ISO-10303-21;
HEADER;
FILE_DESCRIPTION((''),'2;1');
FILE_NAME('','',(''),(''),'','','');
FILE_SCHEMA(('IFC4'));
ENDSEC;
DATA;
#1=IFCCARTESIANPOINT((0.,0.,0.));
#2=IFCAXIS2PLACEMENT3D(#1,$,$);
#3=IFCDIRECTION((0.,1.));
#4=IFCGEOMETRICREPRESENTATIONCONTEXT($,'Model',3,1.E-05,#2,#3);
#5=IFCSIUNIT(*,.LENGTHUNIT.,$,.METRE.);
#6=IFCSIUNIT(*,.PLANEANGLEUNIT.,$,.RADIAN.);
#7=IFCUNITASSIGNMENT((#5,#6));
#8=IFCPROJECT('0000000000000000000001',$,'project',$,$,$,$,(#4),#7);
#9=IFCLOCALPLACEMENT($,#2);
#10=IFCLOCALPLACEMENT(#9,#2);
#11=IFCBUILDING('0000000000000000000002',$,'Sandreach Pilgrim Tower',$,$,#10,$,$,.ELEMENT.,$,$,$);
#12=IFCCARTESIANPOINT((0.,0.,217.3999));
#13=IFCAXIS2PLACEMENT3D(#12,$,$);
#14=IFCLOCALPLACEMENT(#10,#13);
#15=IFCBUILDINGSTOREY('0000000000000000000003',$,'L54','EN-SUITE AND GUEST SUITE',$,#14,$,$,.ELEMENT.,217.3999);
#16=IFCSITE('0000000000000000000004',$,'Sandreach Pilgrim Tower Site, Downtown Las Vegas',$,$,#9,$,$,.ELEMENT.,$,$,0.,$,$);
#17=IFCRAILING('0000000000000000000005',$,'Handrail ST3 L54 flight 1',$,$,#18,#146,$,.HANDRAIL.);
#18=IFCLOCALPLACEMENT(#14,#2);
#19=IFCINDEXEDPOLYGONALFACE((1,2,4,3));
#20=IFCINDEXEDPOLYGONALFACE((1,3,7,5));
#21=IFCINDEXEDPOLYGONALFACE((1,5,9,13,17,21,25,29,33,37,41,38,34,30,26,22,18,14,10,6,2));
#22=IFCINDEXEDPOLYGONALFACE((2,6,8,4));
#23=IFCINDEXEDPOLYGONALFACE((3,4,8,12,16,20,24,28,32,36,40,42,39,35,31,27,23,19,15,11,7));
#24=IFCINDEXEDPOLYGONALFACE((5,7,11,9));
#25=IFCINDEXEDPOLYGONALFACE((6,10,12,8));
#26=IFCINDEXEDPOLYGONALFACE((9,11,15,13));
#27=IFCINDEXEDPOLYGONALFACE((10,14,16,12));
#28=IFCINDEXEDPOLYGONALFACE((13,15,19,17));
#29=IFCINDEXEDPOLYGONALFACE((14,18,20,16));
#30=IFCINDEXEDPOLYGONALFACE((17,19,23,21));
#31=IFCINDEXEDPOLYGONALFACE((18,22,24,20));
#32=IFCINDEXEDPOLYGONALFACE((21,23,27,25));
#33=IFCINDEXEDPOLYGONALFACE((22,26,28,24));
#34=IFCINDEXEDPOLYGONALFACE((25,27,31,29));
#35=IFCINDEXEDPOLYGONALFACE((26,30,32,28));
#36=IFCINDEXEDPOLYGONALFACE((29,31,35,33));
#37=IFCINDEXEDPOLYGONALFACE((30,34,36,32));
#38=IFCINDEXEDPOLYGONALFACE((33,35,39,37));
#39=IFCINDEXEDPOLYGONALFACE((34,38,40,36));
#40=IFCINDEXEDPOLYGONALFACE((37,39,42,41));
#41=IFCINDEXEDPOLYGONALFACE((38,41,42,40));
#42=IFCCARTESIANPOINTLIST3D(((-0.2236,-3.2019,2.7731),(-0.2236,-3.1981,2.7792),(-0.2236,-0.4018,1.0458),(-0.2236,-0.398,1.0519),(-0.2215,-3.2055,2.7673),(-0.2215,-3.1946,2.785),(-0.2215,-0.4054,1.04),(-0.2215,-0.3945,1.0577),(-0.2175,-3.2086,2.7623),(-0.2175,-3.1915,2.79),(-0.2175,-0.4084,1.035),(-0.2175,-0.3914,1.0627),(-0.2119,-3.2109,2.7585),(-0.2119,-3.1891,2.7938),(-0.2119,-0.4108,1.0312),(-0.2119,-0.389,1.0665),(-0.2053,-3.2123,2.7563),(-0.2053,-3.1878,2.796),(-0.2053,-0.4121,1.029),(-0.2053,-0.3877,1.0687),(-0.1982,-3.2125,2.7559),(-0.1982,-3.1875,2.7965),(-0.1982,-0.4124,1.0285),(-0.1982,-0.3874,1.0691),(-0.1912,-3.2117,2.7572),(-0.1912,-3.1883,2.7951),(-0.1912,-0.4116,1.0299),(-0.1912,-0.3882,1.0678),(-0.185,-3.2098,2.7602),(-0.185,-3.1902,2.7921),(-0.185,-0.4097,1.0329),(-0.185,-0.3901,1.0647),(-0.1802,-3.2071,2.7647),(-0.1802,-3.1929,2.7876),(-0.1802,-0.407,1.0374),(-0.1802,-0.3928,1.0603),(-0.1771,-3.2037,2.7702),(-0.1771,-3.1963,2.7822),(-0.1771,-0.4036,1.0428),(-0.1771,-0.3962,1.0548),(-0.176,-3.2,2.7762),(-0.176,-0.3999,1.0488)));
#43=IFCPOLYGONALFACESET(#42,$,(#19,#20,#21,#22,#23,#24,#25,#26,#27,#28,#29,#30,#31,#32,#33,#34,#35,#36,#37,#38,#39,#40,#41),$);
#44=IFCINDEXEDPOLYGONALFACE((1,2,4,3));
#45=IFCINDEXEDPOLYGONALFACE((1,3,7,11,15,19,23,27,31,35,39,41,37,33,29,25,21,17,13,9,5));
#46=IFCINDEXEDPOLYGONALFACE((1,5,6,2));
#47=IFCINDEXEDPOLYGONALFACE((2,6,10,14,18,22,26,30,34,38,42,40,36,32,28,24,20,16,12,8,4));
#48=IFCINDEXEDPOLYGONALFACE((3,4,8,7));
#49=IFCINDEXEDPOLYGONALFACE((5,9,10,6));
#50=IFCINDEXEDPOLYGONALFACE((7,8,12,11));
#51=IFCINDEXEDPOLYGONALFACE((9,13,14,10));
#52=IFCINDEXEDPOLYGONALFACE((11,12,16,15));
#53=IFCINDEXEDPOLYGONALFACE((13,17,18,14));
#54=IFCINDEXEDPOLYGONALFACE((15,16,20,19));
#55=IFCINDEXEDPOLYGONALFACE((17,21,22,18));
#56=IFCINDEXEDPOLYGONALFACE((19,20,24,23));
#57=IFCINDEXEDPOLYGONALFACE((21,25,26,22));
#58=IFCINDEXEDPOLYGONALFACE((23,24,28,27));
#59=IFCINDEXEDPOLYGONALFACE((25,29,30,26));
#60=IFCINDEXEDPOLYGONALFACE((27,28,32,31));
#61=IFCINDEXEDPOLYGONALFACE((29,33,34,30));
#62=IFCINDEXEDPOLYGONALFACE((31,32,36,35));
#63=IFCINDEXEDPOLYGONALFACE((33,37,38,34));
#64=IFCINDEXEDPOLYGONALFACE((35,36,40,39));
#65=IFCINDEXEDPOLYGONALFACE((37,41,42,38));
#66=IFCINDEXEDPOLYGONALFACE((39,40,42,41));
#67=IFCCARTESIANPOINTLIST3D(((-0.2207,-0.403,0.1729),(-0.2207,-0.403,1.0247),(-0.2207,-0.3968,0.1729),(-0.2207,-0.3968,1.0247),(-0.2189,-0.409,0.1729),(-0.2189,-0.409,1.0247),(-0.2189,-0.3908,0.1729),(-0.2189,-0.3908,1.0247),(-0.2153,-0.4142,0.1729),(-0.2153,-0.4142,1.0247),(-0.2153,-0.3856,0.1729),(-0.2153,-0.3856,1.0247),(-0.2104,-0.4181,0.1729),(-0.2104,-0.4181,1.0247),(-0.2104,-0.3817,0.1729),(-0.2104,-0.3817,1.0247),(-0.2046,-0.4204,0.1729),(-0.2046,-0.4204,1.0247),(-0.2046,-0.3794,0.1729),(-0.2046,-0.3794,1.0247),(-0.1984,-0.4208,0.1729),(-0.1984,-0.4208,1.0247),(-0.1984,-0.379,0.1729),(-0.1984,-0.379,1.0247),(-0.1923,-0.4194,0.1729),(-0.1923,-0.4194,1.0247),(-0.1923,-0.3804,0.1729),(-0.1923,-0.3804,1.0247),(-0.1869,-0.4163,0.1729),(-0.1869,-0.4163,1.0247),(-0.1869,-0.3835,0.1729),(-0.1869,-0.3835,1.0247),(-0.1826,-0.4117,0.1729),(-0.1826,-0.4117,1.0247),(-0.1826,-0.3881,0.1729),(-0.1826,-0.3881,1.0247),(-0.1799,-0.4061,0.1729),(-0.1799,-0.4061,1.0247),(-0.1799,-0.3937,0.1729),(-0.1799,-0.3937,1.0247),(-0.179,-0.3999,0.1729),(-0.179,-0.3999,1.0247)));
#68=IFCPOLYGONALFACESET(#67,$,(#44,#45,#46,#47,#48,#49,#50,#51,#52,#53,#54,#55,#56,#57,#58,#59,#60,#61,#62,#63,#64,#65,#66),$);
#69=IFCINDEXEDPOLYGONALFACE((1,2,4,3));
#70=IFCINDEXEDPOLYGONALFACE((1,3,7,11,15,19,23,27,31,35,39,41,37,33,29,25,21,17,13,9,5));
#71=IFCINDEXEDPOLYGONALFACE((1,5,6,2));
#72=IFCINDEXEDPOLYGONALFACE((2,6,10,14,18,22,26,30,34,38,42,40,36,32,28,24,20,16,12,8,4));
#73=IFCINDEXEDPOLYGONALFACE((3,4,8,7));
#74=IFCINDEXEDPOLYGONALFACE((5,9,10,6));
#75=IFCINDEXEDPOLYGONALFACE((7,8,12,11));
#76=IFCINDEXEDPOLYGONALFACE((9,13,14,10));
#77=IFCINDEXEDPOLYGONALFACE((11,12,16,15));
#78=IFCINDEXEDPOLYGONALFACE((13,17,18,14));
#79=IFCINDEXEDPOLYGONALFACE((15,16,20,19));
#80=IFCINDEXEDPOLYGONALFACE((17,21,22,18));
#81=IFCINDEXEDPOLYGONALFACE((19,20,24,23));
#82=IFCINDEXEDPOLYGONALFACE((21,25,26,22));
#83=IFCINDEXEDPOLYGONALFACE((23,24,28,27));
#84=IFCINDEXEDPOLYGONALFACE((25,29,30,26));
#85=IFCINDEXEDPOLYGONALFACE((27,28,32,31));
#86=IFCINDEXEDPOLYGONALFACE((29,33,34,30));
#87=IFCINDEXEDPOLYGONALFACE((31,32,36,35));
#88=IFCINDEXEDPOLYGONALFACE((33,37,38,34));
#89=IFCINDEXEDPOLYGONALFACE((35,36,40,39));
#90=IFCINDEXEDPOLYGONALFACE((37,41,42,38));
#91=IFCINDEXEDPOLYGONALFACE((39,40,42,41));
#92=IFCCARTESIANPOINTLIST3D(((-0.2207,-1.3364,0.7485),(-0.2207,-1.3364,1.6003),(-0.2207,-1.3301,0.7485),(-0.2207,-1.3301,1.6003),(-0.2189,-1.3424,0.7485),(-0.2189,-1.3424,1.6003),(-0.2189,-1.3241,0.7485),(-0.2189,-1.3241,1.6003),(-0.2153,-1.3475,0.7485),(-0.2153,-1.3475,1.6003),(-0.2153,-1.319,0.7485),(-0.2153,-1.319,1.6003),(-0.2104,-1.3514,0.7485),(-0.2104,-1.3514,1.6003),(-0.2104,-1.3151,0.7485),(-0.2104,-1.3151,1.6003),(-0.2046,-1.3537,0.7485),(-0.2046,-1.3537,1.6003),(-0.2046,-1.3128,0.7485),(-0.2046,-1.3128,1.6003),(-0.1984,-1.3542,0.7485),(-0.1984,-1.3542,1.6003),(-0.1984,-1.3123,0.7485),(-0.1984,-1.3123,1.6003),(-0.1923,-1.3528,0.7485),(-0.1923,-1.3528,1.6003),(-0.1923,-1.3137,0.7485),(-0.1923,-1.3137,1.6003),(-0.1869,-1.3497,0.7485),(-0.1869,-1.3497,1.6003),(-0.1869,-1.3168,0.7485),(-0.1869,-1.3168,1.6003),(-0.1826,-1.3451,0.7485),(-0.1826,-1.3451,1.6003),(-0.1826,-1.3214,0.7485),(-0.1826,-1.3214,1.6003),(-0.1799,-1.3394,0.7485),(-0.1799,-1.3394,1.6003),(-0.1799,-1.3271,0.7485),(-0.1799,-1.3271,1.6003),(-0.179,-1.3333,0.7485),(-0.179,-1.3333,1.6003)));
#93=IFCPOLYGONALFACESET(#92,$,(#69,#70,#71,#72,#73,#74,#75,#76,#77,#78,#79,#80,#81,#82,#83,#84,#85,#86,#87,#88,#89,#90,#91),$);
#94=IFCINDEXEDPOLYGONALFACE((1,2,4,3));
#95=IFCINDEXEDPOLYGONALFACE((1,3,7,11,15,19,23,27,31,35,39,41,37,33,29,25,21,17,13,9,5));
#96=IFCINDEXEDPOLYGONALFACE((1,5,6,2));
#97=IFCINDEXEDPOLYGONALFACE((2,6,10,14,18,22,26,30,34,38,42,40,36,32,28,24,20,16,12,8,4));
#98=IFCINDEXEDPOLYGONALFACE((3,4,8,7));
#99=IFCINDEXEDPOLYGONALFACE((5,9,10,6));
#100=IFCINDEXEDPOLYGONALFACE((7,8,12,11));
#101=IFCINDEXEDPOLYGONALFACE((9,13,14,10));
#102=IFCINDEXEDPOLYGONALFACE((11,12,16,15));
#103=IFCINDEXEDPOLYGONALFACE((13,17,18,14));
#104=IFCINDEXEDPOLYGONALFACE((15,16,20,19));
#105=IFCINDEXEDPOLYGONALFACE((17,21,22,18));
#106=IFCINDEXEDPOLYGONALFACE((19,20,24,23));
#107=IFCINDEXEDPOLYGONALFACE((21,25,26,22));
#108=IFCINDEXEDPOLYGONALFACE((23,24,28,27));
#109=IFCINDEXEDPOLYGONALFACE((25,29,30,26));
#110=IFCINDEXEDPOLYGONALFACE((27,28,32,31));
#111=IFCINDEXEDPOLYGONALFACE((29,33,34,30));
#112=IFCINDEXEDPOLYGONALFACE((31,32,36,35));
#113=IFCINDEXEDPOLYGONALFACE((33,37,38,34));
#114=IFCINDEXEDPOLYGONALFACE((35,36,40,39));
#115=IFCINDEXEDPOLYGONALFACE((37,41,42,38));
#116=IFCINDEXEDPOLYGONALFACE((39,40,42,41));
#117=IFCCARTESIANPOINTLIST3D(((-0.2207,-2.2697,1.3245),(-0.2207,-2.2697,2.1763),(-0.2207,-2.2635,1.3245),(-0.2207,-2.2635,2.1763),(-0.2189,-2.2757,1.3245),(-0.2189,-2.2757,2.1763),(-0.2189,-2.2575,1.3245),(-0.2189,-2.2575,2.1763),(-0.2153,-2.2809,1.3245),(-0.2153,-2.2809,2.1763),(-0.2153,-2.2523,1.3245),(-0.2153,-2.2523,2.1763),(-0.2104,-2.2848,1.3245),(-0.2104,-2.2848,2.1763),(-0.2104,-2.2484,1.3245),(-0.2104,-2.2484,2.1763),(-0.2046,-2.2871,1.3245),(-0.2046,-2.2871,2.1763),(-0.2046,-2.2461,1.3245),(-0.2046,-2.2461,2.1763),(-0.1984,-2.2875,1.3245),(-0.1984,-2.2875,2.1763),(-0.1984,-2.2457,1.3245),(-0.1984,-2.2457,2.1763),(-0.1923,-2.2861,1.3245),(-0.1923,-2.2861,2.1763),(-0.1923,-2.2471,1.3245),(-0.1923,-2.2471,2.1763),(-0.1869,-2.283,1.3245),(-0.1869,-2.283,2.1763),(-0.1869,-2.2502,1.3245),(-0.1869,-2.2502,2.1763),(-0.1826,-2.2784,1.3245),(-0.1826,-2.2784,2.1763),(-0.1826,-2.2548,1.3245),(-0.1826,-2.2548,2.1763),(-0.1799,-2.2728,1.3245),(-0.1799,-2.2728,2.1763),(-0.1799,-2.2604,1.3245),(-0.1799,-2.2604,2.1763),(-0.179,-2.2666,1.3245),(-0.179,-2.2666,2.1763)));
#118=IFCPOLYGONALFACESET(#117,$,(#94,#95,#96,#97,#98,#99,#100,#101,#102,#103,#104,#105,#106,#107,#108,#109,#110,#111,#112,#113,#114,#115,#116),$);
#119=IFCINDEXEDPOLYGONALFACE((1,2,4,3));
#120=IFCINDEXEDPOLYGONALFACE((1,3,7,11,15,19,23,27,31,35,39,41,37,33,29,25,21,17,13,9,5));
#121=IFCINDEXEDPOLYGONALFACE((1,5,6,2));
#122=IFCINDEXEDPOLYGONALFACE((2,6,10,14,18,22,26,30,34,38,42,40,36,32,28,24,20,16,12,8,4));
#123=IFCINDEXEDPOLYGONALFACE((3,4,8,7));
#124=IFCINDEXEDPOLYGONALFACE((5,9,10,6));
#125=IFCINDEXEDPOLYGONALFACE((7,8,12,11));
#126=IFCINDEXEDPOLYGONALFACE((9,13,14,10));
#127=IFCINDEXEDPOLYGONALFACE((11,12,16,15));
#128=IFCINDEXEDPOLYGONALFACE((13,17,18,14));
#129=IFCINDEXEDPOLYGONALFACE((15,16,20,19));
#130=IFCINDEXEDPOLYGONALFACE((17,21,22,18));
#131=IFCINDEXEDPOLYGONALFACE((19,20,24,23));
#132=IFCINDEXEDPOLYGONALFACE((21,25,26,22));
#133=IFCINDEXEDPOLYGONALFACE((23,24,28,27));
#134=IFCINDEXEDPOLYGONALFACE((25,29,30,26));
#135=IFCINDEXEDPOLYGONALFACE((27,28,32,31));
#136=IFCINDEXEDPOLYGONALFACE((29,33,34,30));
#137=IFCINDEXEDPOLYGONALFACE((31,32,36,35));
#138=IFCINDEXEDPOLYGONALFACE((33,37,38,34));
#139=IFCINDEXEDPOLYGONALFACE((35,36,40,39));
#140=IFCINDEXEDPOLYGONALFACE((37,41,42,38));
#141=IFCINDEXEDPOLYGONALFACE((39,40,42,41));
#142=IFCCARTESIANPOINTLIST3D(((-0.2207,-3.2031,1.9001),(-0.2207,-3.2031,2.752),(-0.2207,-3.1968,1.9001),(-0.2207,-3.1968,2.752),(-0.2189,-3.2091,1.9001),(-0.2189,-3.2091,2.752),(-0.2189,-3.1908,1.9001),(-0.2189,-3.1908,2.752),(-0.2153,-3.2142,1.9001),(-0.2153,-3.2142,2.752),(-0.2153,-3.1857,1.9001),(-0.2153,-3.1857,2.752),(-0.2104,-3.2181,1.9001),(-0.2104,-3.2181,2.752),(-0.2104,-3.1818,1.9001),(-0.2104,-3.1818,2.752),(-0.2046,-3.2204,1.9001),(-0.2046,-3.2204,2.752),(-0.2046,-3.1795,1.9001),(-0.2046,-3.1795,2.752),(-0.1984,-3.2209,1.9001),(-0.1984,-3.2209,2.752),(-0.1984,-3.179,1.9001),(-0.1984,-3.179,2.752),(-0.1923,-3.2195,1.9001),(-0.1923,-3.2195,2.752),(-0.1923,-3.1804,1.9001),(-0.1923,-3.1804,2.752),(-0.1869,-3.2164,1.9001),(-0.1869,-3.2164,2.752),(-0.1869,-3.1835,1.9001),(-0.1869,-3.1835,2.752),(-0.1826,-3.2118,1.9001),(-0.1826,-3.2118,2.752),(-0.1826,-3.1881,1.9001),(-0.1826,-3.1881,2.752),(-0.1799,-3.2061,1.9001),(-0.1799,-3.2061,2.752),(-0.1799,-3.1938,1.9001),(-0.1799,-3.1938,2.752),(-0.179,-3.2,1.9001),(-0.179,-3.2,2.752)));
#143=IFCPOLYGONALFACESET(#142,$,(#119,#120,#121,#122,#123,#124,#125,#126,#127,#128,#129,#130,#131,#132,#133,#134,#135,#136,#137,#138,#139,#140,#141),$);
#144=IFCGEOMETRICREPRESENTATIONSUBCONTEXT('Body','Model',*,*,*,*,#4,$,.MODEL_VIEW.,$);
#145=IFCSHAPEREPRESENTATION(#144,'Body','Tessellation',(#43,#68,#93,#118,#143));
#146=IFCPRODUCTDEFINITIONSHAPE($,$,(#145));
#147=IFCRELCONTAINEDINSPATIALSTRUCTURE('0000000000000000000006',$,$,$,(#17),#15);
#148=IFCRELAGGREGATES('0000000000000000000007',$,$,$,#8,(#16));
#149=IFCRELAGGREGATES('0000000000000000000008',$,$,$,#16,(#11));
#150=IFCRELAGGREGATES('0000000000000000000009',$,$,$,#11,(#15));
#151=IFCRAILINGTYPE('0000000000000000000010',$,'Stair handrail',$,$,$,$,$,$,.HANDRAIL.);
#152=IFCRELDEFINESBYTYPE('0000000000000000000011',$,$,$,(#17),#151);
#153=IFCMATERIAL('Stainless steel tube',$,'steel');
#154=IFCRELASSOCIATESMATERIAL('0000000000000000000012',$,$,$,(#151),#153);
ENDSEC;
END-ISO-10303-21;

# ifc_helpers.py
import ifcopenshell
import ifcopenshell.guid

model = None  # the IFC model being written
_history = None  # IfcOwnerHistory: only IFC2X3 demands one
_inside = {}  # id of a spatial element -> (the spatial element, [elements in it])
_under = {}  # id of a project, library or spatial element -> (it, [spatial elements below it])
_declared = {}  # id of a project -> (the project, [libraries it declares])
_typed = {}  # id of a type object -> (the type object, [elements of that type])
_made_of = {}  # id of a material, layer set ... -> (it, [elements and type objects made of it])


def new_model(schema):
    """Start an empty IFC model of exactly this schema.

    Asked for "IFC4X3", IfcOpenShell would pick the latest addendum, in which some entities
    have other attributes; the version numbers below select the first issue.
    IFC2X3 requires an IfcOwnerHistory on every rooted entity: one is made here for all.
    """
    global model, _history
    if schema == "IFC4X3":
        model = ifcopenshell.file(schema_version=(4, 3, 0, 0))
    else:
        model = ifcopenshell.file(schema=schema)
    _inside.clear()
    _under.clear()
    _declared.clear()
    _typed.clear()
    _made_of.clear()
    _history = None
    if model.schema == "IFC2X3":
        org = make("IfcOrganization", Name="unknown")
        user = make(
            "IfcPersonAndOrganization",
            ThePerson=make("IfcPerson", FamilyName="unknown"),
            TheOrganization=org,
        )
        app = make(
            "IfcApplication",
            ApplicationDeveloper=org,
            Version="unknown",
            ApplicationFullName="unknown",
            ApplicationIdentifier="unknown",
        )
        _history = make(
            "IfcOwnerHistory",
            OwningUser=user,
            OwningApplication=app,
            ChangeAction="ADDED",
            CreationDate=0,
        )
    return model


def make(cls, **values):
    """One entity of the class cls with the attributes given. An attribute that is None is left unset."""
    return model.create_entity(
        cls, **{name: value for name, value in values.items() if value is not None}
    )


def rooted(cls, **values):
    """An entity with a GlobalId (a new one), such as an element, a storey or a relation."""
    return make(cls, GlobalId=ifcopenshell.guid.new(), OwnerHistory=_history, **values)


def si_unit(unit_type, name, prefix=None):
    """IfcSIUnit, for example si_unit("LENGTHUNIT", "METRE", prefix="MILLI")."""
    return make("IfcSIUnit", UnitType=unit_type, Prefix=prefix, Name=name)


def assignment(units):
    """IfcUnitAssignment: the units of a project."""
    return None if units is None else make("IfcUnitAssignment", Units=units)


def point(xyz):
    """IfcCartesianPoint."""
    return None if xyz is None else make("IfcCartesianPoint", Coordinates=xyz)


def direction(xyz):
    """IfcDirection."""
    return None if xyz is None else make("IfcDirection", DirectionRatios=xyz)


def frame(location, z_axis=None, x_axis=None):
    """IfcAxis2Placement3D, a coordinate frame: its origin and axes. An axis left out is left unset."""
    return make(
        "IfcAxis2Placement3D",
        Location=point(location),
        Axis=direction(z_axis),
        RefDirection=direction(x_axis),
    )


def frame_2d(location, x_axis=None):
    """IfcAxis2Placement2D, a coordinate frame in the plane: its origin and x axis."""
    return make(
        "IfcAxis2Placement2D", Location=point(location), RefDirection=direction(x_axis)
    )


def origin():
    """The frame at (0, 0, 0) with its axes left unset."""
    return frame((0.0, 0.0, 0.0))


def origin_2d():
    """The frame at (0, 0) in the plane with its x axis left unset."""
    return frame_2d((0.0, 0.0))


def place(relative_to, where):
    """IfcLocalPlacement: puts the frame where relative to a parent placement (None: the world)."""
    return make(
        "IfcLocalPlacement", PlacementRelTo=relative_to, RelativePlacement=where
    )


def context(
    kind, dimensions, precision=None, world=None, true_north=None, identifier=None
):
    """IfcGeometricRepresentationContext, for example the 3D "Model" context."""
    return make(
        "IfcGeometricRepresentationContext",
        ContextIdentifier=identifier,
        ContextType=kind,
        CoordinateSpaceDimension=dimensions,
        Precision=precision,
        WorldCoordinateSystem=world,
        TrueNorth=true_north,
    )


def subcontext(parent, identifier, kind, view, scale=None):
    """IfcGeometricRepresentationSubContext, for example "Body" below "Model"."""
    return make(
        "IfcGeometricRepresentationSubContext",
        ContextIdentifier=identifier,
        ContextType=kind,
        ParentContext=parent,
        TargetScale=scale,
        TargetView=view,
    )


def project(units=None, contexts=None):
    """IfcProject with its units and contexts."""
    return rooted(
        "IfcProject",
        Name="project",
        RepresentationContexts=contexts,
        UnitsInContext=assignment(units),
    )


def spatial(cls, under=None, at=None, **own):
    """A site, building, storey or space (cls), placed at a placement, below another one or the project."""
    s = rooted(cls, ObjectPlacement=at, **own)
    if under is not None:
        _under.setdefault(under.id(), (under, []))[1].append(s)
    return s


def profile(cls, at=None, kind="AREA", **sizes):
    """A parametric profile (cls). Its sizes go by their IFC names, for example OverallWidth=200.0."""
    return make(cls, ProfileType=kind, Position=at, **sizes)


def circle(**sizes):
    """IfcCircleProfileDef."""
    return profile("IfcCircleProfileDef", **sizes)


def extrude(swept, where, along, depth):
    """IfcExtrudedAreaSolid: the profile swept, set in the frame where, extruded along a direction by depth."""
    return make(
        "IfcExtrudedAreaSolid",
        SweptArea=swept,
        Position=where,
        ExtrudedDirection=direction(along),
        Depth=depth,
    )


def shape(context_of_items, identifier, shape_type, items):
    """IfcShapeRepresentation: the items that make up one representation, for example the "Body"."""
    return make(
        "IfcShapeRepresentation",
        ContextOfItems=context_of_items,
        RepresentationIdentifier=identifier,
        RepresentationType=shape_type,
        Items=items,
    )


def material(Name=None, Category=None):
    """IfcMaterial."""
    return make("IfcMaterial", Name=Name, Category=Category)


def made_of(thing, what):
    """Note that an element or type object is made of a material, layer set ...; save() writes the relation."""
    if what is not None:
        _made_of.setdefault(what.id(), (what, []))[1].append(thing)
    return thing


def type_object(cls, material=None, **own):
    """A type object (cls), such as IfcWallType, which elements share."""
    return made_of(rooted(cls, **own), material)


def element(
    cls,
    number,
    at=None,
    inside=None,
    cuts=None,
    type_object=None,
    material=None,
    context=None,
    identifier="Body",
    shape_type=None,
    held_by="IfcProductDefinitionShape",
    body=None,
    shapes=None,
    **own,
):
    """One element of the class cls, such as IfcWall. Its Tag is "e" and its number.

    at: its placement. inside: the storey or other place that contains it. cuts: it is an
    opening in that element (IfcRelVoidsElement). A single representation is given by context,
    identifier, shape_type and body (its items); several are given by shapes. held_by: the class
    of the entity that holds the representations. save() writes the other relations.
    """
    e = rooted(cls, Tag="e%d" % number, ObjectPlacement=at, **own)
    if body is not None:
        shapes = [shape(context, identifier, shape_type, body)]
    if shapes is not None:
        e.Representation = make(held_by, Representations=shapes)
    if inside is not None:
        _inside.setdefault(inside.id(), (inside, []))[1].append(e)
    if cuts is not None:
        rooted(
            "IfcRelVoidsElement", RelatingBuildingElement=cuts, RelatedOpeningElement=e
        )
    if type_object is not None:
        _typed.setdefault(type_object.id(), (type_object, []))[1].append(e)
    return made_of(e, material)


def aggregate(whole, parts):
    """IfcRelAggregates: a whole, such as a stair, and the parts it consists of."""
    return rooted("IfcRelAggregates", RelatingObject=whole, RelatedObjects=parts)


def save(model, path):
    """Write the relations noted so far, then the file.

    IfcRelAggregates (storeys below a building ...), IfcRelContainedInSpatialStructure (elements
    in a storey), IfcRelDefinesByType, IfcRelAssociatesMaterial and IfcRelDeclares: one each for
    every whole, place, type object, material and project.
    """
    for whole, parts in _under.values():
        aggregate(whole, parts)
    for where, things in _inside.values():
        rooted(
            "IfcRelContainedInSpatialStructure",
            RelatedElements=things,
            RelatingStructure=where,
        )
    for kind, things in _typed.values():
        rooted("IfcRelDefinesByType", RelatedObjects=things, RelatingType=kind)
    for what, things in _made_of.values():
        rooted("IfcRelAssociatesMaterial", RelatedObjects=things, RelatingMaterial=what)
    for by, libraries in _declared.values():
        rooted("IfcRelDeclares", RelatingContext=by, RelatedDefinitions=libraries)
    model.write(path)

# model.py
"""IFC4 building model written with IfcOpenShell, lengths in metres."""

from ifc_helpers import new_model, si_unit, direction, frame, origin, origin_2d, place, context, subcontext, project, spatial, circle, extrude, material, type_object, element, save


model = new_model("IFC4")

# Units and contexts
model_context = context("Model", 3, precision=1e-05, world=origin(), true_north=direction((0.0, 1.0)))
body_context = subcontext(model_context, "Body", "Model", "MODEL_VIEW")
ifc_project = project(units=[si_unit("LENGTHUNIT", "METRE"), si_unit("PLANEANGLEUNIT", "RADIAN")], contexts=[model_context])

# Site, building, storey
site_placement = place(None, origin())
site = spatial("IfcSite", under=ifc_project, at=site_placement, Name="Sandreach Pilgrim Tower Site, Downtown Las Vegas", CompositionType="ELEMENT", RefElevation=0.0)
building_placement = place(site_placement, origin())
building = spatial("IfcBuilding", under=site, at=building_placement, Name="Sandreach Pilgrim Tower", CompositionType="ELEMENT")
storey_placement = place(building_placement, frame((0.0, 0.0, 217.3999)))
storey = spatial("IfcBuildingStorey", under=building, at=storey_placement, Name="L54", Description="EN-SUITE AND GUEST SUITE", CompositionType="ELEMENT", Elevation=217.3999)

# Railing
ifc_material_1 = material(Name="Stainless steel tube", Category="steel")
railing_type = type_object("IfcRailingType", Name="Stair handrail", PredefinedType="HANDRAIL", material=ifc_material_1)
for number, where, name in (
    (1, (-0.2, -0.3999, 0.1729), "Handrail ST3 L54 flight 1"),
):
    element("IfcRailing", number, at=place(storey_placement, frame(where)), inside=storey, type_object=railing_type, Name=name, PredefinedType="HANDRAIL", context=body_context, shape_type="SweptSolid", body=[
        extrude(circle(Radius=0.0239, at=origin_2d()), frame((0.0, 0.0, 0.876), z_axis=(0.0, -0.85109, 0.52502), x_axis=(1.0, 0.0, 0.0)), (0.0, 0.0, 1.0), 3.29),
        extrude(circle(Radius=0.021, at=origin_2d()), origin(), (0.0, 0.0, 1.0), 0.8518),
        extrude(circle(Radius=0.021, at=origin_2d()), frame((0.0, -0.9333, 0.5757)), (0.0, 0.0, 1.0), 0.8518),
        extrude(circle(Radius=0.021, at=origin_2d()), frame((0.0, -1.8667, 1.1516)), (0.0, 0.0, 1.0), 0.8518),
        extrude(circle(Radius=0.021, at=origin_2d()), frame((0.0, -2.8, 1.7273)), (0.0, 0.0, 1.0), 0.8518),
    ])

save(model, "model.ifc")
